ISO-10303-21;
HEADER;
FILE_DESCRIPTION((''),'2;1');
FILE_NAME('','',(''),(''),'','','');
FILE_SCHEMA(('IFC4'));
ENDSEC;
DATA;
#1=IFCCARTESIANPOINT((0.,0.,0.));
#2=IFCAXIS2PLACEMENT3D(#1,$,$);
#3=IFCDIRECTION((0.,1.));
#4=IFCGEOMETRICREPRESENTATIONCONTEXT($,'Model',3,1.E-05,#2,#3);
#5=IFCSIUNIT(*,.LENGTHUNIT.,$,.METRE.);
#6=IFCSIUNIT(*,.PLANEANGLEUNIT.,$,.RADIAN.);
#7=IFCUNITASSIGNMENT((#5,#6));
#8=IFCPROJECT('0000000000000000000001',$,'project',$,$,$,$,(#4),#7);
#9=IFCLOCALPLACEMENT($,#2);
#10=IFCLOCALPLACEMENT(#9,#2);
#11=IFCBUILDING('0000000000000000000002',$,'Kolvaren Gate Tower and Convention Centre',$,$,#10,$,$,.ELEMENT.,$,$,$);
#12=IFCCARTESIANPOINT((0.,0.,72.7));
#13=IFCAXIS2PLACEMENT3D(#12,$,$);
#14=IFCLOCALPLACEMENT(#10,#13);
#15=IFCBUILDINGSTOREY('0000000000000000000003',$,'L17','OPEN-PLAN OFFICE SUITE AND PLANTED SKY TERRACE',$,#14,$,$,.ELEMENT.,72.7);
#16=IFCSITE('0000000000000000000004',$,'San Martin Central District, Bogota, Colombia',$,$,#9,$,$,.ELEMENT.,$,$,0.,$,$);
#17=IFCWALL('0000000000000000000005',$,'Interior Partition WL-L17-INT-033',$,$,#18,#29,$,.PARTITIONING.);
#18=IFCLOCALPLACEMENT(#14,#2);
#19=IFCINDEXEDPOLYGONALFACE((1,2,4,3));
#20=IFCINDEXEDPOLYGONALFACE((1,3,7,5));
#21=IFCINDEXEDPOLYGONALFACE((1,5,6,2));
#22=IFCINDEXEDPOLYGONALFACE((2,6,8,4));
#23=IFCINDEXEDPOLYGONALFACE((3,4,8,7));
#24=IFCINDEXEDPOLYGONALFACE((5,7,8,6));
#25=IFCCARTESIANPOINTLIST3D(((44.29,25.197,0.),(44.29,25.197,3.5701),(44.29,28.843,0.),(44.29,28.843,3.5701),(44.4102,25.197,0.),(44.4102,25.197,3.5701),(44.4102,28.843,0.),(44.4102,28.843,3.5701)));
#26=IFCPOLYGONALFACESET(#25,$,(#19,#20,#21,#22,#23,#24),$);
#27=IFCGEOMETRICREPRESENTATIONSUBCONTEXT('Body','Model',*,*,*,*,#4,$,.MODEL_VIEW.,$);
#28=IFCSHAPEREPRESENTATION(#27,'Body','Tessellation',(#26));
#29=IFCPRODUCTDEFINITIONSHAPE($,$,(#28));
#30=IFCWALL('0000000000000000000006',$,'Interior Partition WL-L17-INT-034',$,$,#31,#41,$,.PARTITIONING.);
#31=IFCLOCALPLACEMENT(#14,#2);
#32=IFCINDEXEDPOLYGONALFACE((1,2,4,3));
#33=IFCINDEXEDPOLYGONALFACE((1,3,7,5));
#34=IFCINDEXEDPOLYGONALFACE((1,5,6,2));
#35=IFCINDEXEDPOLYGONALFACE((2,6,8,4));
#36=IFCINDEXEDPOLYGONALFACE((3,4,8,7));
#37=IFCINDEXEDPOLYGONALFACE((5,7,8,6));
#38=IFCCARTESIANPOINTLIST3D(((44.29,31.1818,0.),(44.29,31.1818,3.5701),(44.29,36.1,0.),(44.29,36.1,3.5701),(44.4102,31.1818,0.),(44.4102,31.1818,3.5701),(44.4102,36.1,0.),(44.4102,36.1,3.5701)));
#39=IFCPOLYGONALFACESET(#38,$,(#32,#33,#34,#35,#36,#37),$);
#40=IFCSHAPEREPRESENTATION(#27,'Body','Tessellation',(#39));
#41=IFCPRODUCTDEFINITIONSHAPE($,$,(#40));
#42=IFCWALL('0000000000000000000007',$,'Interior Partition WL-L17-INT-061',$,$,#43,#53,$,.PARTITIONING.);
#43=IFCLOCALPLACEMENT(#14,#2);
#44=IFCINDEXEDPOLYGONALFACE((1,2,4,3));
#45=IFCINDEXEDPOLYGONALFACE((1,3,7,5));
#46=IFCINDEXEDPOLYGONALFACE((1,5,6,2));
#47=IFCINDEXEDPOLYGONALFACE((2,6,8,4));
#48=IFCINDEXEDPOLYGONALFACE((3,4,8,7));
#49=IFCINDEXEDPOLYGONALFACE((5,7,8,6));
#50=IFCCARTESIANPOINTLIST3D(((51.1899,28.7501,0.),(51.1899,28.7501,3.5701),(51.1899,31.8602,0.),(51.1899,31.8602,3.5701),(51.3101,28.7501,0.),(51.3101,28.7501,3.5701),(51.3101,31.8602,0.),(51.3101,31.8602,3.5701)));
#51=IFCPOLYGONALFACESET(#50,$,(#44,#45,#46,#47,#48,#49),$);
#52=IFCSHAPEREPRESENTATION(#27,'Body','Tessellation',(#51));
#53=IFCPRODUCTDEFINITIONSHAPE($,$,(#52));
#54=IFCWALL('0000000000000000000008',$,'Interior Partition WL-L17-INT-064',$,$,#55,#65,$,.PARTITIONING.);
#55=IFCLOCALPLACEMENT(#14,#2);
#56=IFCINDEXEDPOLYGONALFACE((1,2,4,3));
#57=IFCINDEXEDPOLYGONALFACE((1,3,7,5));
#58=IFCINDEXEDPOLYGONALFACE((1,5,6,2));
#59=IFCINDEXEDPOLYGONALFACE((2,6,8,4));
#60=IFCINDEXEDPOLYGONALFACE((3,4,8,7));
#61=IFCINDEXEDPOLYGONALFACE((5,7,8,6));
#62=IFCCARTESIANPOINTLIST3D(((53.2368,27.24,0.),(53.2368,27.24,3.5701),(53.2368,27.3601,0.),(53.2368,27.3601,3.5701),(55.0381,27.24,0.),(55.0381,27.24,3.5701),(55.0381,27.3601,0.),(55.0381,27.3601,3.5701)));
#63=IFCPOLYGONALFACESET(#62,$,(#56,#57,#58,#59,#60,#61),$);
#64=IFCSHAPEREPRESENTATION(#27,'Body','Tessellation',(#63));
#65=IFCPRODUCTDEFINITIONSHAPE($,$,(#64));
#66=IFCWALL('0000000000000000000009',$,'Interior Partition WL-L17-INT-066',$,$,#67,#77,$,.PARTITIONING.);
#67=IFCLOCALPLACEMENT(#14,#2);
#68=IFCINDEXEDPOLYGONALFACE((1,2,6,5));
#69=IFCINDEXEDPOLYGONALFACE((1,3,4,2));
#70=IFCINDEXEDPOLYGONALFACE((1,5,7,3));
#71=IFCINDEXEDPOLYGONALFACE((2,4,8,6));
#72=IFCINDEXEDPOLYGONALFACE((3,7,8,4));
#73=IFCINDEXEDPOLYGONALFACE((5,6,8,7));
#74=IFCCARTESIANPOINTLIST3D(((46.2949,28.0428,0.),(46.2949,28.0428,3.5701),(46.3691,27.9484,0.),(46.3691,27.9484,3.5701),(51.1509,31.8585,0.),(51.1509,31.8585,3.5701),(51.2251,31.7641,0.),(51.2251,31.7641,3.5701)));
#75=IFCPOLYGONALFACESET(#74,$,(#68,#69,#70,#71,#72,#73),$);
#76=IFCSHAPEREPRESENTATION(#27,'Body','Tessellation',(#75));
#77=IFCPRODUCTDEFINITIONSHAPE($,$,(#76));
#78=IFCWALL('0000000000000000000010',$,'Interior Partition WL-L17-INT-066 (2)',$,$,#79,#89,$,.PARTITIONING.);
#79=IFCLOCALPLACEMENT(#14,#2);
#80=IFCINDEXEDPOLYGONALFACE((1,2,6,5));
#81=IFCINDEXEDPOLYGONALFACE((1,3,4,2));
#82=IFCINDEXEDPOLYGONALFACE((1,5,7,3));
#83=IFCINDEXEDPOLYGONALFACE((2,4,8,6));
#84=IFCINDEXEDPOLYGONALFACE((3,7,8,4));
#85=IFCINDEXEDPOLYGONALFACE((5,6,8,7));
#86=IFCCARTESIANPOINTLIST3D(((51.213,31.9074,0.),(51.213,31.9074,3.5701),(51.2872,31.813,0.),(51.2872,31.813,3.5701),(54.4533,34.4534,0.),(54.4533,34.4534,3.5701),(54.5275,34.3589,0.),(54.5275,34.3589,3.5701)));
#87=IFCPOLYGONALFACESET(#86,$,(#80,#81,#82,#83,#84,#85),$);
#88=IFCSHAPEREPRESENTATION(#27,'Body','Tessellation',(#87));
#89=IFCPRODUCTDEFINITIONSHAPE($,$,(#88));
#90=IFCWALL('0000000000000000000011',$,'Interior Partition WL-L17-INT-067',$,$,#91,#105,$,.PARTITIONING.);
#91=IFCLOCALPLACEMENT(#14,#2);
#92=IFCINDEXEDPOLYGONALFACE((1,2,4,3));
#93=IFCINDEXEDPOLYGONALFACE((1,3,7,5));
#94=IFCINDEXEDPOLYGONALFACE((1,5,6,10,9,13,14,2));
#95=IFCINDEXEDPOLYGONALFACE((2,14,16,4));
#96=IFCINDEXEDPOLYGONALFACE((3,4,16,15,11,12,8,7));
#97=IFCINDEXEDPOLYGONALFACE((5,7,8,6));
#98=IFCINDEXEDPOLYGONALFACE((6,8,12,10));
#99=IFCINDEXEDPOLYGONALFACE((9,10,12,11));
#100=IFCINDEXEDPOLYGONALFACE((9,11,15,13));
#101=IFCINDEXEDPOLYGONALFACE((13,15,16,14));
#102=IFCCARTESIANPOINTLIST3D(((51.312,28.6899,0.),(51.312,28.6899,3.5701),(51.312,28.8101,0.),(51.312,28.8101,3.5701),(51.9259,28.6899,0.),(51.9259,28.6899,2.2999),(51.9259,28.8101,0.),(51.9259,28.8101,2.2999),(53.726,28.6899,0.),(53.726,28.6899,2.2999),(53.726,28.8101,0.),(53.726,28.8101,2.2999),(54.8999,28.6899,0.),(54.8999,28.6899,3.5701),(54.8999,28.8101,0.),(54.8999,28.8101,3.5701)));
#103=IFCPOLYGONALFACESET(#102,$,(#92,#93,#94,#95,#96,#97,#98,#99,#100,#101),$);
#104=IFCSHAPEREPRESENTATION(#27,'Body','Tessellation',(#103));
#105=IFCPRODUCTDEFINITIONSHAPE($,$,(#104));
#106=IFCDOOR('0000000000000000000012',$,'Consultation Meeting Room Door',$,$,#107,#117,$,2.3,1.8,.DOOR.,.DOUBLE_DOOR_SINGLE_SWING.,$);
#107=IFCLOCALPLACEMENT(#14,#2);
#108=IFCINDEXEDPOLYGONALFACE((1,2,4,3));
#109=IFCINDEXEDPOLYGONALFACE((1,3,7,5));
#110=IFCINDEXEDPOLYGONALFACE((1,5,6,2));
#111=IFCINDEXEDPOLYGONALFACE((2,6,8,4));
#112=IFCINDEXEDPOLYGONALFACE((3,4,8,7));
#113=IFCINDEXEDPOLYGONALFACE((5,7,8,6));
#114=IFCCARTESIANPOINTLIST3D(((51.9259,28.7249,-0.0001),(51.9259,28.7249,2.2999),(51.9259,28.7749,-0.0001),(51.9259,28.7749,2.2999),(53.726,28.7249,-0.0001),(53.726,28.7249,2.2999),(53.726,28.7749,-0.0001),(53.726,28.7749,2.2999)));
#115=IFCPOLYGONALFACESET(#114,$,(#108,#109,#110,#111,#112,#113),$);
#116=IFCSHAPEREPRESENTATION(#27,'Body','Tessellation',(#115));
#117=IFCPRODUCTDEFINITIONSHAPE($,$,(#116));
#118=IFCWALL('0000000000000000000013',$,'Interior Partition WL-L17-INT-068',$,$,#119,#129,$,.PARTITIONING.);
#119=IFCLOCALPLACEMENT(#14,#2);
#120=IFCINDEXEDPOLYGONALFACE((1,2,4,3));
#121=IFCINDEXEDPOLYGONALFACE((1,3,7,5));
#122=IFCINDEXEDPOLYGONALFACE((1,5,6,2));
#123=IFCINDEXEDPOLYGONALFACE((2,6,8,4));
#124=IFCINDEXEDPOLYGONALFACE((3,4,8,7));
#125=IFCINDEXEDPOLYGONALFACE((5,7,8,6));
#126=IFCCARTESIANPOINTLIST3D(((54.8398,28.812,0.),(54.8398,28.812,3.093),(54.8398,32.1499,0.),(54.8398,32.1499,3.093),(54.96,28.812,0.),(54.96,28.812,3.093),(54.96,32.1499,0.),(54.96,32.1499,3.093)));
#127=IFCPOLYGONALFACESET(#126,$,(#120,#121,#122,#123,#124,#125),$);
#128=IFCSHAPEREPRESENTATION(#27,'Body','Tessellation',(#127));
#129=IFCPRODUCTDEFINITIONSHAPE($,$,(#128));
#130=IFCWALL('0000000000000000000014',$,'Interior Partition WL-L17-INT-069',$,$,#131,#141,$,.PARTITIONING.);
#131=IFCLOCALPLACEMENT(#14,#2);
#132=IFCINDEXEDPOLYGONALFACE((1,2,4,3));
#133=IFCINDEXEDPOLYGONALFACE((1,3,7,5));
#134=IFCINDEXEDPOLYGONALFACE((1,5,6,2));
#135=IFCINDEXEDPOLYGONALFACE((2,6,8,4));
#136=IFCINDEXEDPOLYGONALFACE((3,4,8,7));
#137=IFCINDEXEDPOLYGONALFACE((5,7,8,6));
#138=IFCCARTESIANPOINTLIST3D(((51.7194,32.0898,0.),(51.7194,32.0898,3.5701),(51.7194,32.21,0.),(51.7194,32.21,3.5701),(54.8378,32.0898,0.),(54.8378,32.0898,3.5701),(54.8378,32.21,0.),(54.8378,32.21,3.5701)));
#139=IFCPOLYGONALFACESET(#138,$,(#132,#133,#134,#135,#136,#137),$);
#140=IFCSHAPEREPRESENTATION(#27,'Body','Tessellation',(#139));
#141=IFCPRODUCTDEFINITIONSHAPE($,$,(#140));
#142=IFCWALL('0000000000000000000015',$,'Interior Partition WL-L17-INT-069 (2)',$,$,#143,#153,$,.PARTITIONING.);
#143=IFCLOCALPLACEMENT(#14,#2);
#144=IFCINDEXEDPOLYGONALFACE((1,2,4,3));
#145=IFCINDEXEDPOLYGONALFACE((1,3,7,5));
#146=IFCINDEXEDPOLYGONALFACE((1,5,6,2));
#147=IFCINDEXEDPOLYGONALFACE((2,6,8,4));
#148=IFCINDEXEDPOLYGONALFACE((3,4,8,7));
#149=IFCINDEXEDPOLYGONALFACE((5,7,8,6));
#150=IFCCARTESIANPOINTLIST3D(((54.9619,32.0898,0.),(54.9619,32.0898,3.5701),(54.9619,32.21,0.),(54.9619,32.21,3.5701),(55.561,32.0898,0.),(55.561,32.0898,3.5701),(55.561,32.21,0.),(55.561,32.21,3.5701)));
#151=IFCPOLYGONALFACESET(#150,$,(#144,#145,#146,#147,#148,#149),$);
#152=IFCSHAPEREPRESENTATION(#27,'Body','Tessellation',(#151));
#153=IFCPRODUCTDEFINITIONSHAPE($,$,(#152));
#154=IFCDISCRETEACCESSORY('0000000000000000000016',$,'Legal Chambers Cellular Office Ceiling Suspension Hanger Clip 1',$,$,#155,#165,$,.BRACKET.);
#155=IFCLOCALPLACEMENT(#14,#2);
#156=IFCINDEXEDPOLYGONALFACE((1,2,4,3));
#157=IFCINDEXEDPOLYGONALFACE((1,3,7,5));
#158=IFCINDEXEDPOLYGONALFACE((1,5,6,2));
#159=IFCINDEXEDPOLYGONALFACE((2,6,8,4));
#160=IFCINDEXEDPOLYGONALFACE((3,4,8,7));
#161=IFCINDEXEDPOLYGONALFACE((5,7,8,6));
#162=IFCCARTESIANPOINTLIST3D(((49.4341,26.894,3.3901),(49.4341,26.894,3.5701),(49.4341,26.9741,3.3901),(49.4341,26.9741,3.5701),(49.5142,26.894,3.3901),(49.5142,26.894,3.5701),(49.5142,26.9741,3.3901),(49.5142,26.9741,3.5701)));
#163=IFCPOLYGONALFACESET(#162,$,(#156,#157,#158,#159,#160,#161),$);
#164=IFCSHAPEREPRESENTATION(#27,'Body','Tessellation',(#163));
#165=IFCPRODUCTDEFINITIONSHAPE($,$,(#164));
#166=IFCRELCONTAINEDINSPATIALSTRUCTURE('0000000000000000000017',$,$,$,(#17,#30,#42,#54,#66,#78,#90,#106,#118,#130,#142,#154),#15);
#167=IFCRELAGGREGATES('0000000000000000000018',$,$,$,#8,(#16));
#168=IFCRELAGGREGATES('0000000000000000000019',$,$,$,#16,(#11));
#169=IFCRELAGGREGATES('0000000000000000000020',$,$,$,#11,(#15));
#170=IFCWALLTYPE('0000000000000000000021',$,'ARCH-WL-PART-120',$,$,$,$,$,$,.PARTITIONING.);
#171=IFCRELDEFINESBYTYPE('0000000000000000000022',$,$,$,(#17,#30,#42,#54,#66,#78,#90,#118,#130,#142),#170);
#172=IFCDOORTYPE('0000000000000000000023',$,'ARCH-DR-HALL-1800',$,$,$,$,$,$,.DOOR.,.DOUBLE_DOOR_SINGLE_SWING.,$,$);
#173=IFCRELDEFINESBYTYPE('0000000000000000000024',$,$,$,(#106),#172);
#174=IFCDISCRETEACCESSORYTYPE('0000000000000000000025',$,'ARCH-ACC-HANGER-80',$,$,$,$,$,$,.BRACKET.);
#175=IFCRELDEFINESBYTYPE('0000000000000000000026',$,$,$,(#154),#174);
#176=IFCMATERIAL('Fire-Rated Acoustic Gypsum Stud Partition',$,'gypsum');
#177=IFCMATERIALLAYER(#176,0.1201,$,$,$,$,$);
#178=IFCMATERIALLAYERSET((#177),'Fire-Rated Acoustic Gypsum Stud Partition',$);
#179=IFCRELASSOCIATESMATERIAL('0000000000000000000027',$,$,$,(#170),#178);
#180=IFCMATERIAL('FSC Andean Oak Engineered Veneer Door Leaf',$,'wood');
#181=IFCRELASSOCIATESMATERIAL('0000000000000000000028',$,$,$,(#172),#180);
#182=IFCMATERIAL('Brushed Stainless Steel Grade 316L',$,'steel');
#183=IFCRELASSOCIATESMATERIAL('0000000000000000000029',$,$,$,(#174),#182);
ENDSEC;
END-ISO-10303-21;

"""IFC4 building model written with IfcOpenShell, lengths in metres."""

from ifc_helpers import new_model, si_unit, direction, frame, frame_2d, origin, origin_2d, place, context, subcontext, project, spatial, rectangle, extrude, material, layer, layer_set, type_object, element, fill, save


model = new_model("IFC4")

# Units and contexts
model_context = context("Model", 3, precision=1e-05, world=origin(), true_north=direction((0.0, 1.0)))
body_context = subcontext(model_context, "Body", "Model", "MODEL_VIEW")
ifc_project = project(units=[si_unit("LENGTHUNIT", "METRE"), si_unit("PLANEANGLEUNIT", "RADIAN")], contexts=[model_context])

# Site, building, storey
site_placement = place(None, origin())
site = spatial("IfcSite", under=ifc_project, at=site_placement, Name="San Martin Central District, Bogota, Colombia", CompositionType="ELEMENT", RefElevation=0.0)
building_placement = place(site_placement, origin())
building = spatial("IfcBuilding", under=site, at=building_placement, Name="Kolvaren Gate Tower and Convention Centre", CompositionType="ELEMENT")
storey_placement = place(building_placement, frame((0.0, 0.0, 72.7)))
storey = spatial("IfcBuildingStorey", under=building, at=storey_placement, Name="L17", Description="OPEN-PLAN OFFICE SUITE AND PLANTED SKY TERRACE", CompositionType="ELEMENT", Elevation=72.7)

# Walls
ifc_material_1 = material(Name="Fire-Rated Acoustic Gypsum Stud Partition", Category="gypsum")
ifc_layer = layer(ifc_material_1, 0.1201)
ifc_layer_set = layer_set([ifc_layer], Name="Fire-Rated Acoustic Gypsum Stud Partition")
wall_type = type_object("IfcWallType", Name="ARCH-WL-PART-120", PredefinedType="PARTITIONING", material=ifc_layer_set)
wall_1_placement = place(storey_placement, frame((44.3501, 25.197, 0.0), z_axis=(0.0, 0.0, 1.0), x_axis=(0.0, 1.0, 0.0)))
element("IfcWall", 1, at=wall_1_placement, inside=storey, type_object=wall_type, Name="Interior Partition WL-L17-INT-033", PredefinedType="PARTITIONING", context=body_context, shape_type="SweptSolid", body=[
    extrude(rectangle(XDim=3.646, YDim=0.1201, at=frame_2d((1.823, 0.0))), origin(), (0.0, 0.0, 1.0), 3.5701),
])
wall_2_placement = place(storey_placement, frame((44.3501, 31.1819, 0.0), z_axis=(0.0, 0.0, 1.0), x_axis=(0.0, 1.0, 0.0)))
element("IfcWall", 2, at=wall_2_placement, inside=storey, type_object=wall_type, Name="Interior Partition WL-L17-INT-034", PredefinedType="PARTITIONING", context=body_context, shape_type="SweptSolid", body=[
    extrude(rectangle(XDim=4.9182, YDim=0.1201, at=frame_2d((2.459, 0.0))), origin(), (0.0, 0.0, 1.0), 3.5701),
])
wall_3_placement = place(storey_placement, frame((51.25, 28.75, 0.0), z_axis=(0.0, 0.0, 1.0), x_axis=(0.0, 1.0, 0.0)))
element("IfcWall", 3, at=wall_3_placement, inside=storey, type_object=wall_type, Name="Interior Partition WL-L17-INT-061", PredefinedType="PARTITIONING", context=body_context, shape_type="SweptSolid", body=[
    extrude(rectangle(XDim=3.1101, YDim=0.1201, at=frame_2d((1.5552, 0.0))), origin(), (0.0, 0.0, 1.0), 3.5701),
])
wall_4_placement = place(storey_placement, frame((53.2368, 27.3, 0.0), z_axis=(0.0, 0.0, 1.0), x_axis=(1.0, 0.0, 0.0)))
element("IfcWall", 4, at=wall_4_placement, inside=storey, type_object=wall_type, Name="Interior Partition WL-L17-INT-064", PredefinedType="PARTITIONING", context=body_context, shape_type="SweptSolid", body=[
    extrude(rectangle(XDim=1.8013, YDim=0.1201, at=frame_2d((0.9006, 0.0))), origin(), (0.0, 0.0, 1.0), 3.5701),
])
wall_5_placement = place(storey_placement, frame((46.332, 27.9956, 0.0), z_axis=(0.0, 0.0, 1.0), x_axis=(0.786296, 0.617849, 0.0)))
element("IfcWall", 5, at=wall_5_placement, inside=storey, type_object=wall_type, Name="Interior Partition WL-L17-INT-066", PredefinedType="PARTITIONING", context=body_context, shape_type="SweptSolid", body=[
    extrude(rectangle(XDim=6.1758, YDim=0.1201, at=frame_2d((3.0879, 0.0))), origin(), (0.0, 0.0, 1.0), 3.5701),
])
wall_6_placement = place(storey_placement, frame((51.25, 31.8601, 0.0), z_axis=(0.0, 0.0, 1.0), x_axis=(0.786318, 0.617822, 0.0)))
element("IfcWall", 6, at=wall_6_placement, inside=storey, type_object=wall_type, Name="Interior Partition WL-L17-INT-066 (2)", PredefinedType="PARTITIONING", context=body_context, shape_type="SweptSolid", body=[
    extrude(rectangle(XDim=4.1208, YDim=0.1201, at=frame_2d((2.0605, 0.0))), origin(), (0.0, 0.0, 1.0), 3.5701),
])

# Wall, opening, door
wall_7_placement = place(storey_placement, frame((51.312, 28.75, 0.0), z_axis=(0.0, 0.0, 1.0), x_axis=(1.0, 0.0, 0.0)))
wall_7 = element("IfcWall", 7, at=wall_7_placement, inside=storey, type_object=wall_type, Name="Interior Partition WL-L17-INT-067", PredefinedType="PARTITIONING", context=body_context, shape_type="SweptSolid", body=[
    extrude(rectangle(XDim=3.5879, YDim=0.1201, at=frame_2d((1.7939, 0.0))), origin(), (0.0, 0.0, 1.0), 3.5701),
])
opening_placement = place(wall_7_placement, frame((0.614, 0.0, 0.0)))
opening = element("IfcOpeningElement", 8, at=opening_placement, cuts=wall_7, PredefinedType="OPENING", context=body_context, shape_type="SweptSolid", body=[
    extrude(rectangle(XDim=1.8, YDim=2.3, at=frame_2d((0.8999, 1.1499))), frame((0.0, 0.0701, 0.0), z_axis=(0.0, -1.0, 0.0), x_axis=(1.0, 0.0, 0.0)), (0.0, 0.0, 1.0), 0.1401),
])
ifc_material_2 = material(Name="FSC Andean Oak Engineered Veneer Door Leaf", Category="wood")
door_type = type_object("IfcDoorType", Name="ARCH-DR-HALL-1800", OperationType="DOUBLE_DOOR_SINGLE_SWING", PredefinedType="DOOR", material=ifc_material_2)
door_placement = place(opening_placement, origin())
door = element("IfcDoor", 9, at=door_placement, inside=storey, type_object=door_type, Name="Consultation Meeting Room Door", OperationType="DOUBLE_DOOR_SINGLE_SWING", OverallHeight=2.3, OverallWidth=1.8, PredefinedType="DOOR", context=body_context, shape_type="SweptSolid", body=[
    extrude(rectangle(XDim=1.8, YDim=2.3, at=frame_2d((0.8999, 1.1499))), frame((0.0, 0.0249, 0.0), z_axis=(0.0, -1.0, 0.0), x_axis=(1.0, 0.0, 0.0)), (0.0, 0.0, 1.0), 0.05),
])
fill(opening, door)

# Walls
wall_8_placement = place(storey_placement, frame((54.8999, 28.812, 0.0), z_axis=(0.0, 0.0, 1.0), x_axis=(0.0, 1.0, 0.0)))
element("IfcWall", 10, at=wall_8_placement, inside=storey, type_object=wall_type, Name="Interior Partition WL-L17-INT-068", PredefinedType="PARTITIONING", context=body_context, shape_type="SweptSolid", body=[
    extrude(rectangle(XDim=3.3379, YDim=0.1201, at=frame_2d((1.6689, 0.0))), origin(), (0.0, 0.0, 1.0), 3.093),
])
wall_9_placement = place(storey_placement, frame((51.7195, 32.1499, 0.0), z_axis=(0.0, 0.0, 1.0), x_axis=(1.0, 0.0, 0.0)))
element("IfcWall", 11, at=wall_9_placement, inside=storey, type_object=wall_type, Name="Interior Partition WL-L17-INT-069", PredefinedType="PARTITIONING", context=body_context, shape_type="SweptSolid", body=[
    extrude(rectangle(XDim=3.1184, YDim=0.1201, at=frame_2d((1.5591, 0.0))), origin(), (0.0, 0.0, 1.0), 3.5701),
])
wall_10_placement = place(storey_placement, frame((54.9619, 32.1499, 0.0), z_axis=(0.0, 0.0, 1.0), x_axis=(1.0, 0.0, 0.0)))
element("IfcWall", 12, at=wall_10_placement, inside=storey, type_object=wall_type, Name="Interior Partition WL-L17-INT-069 (2)", PredefinedType="PARTITIONING", context=body_context, shape_type="SweptSolid", body=[
    extrude(rectangle(XDim=0.5991, YDim=0.1201, at=frame_2d((0.2996, 0.0))), origin(), (0.0, 0.0, 1.0), 3.5701),
])

# Discrete accessory
ifc_material_3 = material(Name="Brushed Stainless Steel Grade 316L", Category="steel")
discrete_accessory_type = type_object("IfcDiscreteAccessoryType", Name="ARCH-ACC-HANGER-80", PredefinedType="BRACKET", material=ifc_material_3)
discrete_accessory_placement = place(storey_placement, frame((49.4741, 26.9341, 3.3901), z_axis=(0.0, 0.0, 1.0), x_axis=(1.0, 0.0, 0.0)))
element("IfcDiscreteAccessory", 13, at=discrete_accessory_placement, inside=storey, type_object=discrete_accessory_type, Name="Legal Chambers Cellular Office Ceiling Suspension Hanger Clip 1", PredefinedType="BRACKET", context=body_context, shape_type="SweptSolid", body=[
    extrude(rectangle(XDim=0.0801, YDim=0.0801, at=origin_2d()), origin(), (0.0, 0.0, 1.0), 0.1799),
])

save(model, "model.ifc")
